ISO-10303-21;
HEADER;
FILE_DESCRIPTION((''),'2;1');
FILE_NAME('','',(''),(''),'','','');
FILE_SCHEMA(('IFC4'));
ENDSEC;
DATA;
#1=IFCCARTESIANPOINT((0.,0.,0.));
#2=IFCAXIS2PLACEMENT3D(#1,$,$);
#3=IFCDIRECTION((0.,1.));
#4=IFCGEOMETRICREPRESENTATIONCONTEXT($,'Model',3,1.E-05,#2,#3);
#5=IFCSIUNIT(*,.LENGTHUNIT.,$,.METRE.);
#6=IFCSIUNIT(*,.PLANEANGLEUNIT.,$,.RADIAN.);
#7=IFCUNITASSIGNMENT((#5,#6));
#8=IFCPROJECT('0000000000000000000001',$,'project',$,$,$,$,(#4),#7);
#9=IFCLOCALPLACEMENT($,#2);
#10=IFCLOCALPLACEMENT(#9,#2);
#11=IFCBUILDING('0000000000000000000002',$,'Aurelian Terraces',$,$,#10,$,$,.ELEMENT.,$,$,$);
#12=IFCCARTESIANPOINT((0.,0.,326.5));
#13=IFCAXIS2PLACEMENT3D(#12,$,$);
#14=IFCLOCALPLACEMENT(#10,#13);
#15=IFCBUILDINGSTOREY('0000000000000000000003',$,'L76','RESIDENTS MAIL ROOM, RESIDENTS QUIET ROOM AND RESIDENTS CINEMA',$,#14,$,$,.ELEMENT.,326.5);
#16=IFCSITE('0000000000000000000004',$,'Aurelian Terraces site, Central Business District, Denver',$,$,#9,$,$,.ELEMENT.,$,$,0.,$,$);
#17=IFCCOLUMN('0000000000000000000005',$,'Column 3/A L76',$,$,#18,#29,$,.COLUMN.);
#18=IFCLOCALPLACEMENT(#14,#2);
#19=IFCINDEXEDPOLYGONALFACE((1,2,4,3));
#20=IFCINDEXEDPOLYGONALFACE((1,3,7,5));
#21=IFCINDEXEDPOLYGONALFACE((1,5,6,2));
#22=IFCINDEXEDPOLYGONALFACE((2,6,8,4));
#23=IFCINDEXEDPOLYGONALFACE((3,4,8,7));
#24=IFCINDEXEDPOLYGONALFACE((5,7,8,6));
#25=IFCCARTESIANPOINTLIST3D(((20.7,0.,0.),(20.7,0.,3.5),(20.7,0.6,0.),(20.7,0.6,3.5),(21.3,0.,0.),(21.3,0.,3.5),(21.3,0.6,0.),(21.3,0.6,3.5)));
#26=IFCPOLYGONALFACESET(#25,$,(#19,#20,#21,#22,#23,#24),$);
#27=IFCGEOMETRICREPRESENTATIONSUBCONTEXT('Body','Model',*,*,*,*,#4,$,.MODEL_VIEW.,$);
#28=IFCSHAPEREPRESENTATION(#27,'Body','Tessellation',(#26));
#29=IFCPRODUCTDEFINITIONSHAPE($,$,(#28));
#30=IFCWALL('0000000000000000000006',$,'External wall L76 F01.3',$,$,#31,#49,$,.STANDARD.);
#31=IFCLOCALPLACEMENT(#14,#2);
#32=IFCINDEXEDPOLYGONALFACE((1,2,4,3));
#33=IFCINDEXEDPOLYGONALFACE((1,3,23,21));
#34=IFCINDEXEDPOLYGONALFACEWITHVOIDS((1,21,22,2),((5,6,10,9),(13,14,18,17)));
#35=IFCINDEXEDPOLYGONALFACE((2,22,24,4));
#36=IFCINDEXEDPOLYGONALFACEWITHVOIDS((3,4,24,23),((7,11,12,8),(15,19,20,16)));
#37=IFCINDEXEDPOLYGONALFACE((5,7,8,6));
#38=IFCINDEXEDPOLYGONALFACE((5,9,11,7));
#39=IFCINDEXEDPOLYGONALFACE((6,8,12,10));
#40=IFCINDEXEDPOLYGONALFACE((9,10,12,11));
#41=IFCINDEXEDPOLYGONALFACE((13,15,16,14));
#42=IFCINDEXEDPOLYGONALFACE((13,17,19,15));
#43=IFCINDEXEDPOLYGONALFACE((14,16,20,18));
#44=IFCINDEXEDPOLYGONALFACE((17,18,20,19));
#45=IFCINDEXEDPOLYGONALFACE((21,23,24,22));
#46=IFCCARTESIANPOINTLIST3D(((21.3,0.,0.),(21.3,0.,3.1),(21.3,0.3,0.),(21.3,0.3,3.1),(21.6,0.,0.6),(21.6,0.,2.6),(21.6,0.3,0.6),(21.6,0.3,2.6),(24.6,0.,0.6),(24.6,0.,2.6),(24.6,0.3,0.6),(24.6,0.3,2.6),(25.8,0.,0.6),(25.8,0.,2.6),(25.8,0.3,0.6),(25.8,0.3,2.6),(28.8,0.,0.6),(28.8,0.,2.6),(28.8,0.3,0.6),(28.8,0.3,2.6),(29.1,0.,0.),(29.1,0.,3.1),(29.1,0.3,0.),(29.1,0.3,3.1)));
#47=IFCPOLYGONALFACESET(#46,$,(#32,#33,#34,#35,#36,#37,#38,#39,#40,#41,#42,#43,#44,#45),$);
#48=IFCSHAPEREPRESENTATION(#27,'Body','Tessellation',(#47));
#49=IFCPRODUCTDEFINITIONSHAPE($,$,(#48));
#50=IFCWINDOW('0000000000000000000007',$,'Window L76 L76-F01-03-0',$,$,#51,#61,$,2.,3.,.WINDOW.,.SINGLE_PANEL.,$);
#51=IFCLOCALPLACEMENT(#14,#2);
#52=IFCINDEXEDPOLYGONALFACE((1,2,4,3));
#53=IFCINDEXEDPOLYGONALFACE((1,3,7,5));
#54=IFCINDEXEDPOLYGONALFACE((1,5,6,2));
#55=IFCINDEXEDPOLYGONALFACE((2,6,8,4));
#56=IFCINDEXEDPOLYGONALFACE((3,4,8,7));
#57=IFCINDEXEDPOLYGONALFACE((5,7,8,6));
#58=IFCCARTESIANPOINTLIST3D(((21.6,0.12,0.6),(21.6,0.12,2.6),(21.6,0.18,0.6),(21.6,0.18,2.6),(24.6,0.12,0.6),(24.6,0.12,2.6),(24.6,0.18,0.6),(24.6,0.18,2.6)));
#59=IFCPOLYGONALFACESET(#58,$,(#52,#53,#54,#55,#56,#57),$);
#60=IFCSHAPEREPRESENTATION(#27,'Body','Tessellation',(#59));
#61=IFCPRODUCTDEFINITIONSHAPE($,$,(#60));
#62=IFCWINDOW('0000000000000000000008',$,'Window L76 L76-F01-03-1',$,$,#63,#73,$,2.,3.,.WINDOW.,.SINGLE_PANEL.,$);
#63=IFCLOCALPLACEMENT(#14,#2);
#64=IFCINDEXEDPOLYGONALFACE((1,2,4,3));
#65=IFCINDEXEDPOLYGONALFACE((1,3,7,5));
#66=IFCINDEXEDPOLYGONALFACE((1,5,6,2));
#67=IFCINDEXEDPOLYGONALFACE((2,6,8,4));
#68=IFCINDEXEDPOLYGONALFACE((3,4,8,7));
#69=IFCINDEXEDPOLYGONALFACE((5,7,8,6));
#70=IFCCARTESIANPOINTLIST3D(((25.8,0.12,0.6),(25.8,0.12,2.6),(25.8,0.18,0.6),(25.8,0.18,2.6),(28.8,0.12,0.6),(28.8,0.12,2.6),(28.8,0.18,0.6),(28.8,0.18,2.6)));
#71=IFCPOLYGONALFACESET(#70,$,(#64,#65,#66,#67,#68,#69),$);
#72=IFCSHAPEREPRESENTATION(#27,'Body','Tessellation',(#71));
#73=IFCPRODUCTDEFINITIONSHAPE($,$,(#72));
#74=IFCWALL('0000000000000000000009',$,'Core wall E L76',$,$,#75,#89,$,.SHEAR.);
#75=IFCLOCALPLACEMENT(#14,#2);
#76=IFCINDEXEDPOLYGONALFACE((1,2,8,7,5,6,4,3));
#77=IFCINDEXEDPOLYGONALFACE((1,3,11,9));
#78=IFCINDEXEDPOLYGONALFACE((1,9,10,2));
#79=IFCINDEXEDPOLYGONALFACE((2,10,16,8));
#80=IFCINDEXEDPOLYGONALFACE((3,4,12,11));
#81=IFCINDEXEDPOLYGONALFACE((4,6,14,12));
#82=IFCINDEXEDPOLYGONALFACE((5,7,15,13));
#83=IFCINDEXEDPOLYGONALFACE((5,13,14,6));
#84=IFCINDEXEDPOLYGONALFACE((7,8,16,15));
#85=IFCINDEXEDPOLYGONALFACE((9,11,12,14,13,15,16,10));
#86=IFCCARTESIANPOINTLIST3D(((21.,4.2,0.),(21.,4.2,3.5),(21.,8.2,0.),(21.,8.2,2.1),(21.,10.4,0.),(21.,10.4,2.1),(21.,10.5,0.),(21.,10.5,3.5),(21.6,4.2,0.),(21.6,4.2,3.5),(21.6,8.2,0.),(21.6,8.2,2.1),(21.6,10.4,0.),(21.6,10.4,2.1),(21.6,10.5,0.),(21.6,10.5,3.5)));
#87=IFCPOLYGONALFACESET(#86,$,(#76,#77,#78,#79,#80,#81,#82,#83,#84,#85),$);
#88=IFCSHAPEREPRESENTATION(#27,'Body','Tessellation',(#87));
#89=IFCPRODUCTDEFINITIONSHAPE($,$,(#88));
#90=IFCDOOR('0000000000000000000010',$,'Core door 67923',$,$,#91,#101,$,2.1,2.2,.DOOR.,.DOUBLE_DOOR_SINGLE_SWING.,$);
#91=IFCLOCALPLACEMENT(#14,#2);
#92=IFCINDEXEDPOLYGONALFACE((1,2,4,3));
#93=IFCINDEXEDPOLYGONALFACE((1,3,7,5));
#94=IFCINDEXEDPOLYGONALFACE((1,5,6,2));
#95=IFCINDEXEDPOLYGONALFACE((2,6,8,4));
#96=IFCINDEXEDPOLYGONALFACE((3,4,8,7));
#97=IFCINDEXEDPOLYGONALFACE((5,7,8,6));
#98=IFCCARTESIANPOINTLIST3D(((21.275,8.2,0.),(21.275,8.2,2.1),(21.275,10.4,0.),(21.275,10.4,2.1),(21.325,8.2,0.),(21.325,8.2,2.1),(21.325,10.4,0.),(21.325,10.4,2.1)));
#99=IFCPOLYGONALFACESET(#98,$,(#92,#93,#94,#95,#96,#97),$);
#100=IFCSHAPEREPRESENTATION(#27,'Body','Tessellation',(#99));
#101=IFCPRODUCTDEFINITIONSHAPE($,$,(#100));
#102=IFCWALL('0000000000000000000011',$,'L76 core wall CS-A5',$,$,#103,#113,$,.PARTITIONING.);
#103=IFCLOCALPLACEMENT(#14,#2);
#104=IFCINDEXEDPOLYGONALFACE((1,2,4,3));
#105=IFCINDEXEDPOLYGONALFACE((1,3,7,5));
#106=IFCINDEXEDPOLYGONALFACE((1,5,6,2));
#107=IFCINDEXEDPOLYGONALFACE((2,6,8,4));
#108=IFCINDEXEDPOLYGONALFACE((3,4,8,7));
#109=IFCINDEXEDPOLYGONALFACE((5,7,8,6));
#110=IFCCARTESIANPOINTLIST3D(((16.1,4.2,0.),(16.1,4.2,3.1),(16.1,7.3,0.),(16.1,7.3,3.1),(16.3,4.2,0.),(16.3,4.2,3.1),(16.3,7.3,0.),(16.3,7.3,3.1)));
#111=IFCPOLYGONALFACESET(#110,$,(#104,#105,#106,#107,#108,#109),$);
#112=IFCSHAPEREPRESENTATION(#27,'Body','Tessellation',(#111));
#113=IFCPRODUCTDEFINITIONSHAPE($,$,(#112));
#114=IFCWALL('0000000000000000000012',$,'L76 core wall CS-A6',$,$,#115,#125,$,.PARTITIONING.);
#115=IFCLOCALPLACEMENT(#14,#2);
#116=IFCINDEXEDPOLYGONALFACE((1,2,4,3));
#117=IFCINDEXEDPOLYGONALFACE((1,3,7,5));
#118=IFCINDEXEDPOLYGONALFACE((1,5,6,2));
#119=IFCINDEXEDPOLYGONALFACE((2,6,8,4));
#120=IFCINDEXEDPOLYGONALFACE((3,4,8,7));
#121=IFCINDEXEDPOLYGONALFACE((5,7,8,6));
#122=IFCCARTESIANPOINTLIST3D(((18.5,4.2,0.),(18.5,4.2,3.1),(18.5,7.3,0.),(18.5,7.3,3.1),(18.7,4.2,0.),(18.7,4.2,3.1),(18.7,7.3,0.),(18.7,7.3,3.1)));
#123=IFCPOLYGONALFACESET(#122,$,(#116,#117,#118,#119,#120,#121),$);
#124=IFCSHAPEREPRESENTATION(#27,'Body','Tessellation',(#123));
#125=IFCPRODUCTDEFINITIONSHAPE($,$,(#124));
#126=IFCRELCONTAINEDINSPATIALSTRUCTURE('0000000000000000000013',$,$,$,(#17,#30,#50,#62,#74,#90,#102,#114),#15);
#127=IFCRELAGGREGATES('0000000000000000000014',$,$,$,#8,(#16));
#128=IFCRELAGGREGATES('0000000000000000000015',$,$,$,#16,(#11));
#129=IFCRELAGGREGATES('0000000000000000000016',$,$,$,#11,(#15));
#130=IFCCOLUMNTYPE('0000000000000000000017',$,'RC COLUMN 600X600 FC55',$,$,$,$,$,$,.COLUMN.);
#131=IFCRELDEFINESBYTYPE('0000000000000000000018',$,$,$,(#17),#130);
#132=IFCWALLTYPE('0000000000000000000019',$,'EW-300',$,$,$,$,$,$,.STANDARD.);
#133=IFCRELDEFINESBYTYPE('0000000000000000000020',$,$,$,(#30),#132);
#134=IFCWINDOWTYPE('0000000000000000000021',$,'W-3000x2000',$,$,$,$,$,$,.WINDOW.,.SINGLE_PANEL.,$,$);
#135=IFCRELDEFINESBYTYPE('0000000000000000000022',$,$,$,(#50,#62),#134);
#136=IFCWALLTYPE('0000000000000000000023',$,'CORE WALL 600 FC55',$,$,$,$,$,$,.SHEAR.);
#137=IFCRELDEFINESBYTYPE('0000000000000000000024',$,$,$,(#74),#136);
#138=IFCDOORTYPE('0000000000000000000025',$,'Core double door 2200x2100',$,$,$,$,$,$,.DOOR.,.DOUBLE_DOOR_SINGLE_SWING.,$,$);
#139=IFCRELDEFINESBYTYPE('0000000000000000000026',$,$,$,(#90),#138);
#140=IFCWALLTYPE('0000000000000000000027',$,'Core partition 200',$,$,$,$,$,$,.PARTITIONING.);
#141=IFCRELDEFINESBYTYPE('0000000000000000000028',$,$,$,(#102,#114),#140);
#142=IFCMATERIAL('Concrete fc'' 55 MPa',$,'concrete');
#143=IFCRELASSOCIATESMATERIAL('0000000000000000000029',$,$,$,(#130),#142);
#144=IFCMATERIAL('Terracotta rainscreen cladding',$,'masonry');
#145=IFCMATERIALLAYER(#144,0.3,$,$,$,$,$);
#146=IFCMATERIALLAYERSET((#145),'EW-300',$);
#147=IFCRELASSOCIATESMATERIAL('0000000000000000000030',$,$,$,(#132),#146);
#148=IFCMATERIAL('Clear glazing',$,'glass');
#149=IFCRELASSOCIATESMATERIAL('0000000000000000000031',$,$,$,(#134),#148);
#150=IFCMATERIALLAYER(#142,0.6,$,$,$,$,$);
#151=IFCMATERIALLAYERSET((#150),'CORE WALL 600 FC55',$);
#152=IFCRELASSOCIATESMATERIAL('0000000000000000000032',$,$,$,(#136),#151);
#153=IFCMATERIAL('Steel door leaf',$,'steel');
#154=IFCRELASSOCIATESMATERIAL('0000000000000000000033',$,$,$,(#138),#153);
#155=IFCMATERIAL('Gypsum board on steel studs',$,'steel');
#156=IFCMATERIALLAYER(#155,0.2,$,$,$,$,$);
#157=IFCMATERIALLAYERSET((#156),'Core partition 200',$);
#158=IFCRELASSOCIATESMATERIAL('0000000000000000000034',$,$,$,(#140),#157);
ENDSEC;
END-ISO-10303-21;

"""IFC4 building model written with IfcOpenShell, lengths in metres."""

from ifc_helpers import new_model, si_unit, direction, frame, frame_2d, origin, origin_2d, place, context, subcontext, project, spatial, rectangle, extrude, source, transform, mapped, material, layer, layer_set, material_profile, profile_set, type_object, element, fill, save


model = new_model("IFC4")

# Units and contexts
model_context = context("Model", 3, precision=1e-05, world=origin(), true_north=direction((0.0, 1.0)))
body_context = subcontext(model_context, "Body", "Model", "MODEL_VIEW")
ifc_project = project(units=[si_unit("LENGTHUNIT", "METRE"), si_unit("PLANEANGLEUNIT", "RADIAN")], contexts=[model_context])

# Site, building, storey
site_placement = place(None, origin())
site = spatial("IfcSite", under=ifc_project, at=site_placement, Name="Aurelian Terraces site, Central Business District, Denver", CompositionType="ELEMENT", RefElevation=0.0)
building_placement = place(site_placement, origin())
building = spatial("IfcBuilding", under=site, at=building_placement, Name="Aurelian Terraces", CompositionType="ELEMENT")
storey_placement = place(building_placement, frame((0.0, 0.0, 326.5)))
storey = spatial("IfcBuildingStorey", under=building, at=storey_placement, Name="L76", Description="RESIDENTS MAIL ROOM, RESIDENTS QUIET ROOM AND RESIDENTS CINEMA", CompositionType="ELEMENT", Elevation=326.5)

# Column
ifc_material_1 = material(Name="Concrete fc' 55 MPa", Category="concrete")
ifc_material_profile = material_profile(ifc_material_1, rectangle(XDim=0.6, YDim=0.6, at=origin_2d()))
ifc_profile_set = profile_set([ifc_material_profile], Name="Concrete fc' 55 MPa")
column_type = type_object("IfcColumnType", Name="RC COLUMN 600X600 FC55", PredefinedType="COLUMN", material=ifc_profile_set)
shared_shape_1 = source(origin(), body_context, "Body", "SweptSolid", [
    extrude(rectangle(XDim=0.6, YDim=0.6, at=origin_2d()), origin(), (0.0, 0.0, 1.0), 3.5),
])
column_placement = place(storey_placement, frame((21.0, 0.3, 0.0), z_axis=(0.0, 0.0, 1.0), x_axis=(1.0, 0.0, 0.0)))
element("IfcColumn", 1, at=column_placement, inside=storey, type_object=column_type, Name="Column 3/A L76", PredefinedType="COLUMN", context=body_context, shape_type="MappedRepresentation", body=[
    mapped(shared_shape_1, transform((0.0, 0.0, 0.0), scale=1.0)),
])

# Wall, openings, windows
ifc_material_2 = material(Name="Terracotta rainscreen cladding", Category="masonry")
ifc_layer_1 = layer(ifc_material_2, 0.3)
ifc_layer_set_1 = layer_set([ifc_layer_1], Name="EW-300")
wall_type_1 = type_object("IfcWallType", Name="EW-300", PredefinedType="STANDARD", material=ifc_layer_set_1)
wall_1_placement = place(storey_placement, frame((21.3, 0.15, 0.0), z_axis=(0.0, 0.0, 1.0), x_axis=(1.0, 0.0, 0.0)))
wall_1 = element("IfcWall", 2, at=wall_1_placement, inside=storey, type_object=wall_type_1, Name="External wall L76 F01.3", PredefinedType="STANDARD", context=body_context, shape_type="SweptSolid", body=[
    extrude(rectangle(XDim=7.8, YDim=0.3, at=frame_2d((3.9, 0.0))), origin(), (0.0, 0.0, 1.0), 3.1),
])
shared_shape_2 = source(origin(), body_context, "Body", "SweptSolid", [
    extrude(rectangle(XDim=3.0, YDim=2.0, at=frame_2d((1.5, 1.0))), frame((0.0, 0.16, 0.0), z_axis=(0.0, -1.0, 0.0), x_axis=(1.0, 0.0, 0.0)), (0.0, 0.0, 1.0), 0.32),
])
opening_1_placement = place(wall_1_placement, frame((0.3, 0.0, 0.6)))
opening_1 = element("IfcOpeningElement", 3, at=opening_1_placement, cuts=wall_1, PredefinedType="OPENING", context=body_context, shape_type="MappedRepresentation", body=[
    mapped(shared_shape_2, transform((0.0, 0.0, 0.0), scale=1.0)),
])
opening_2_placement = place(wall_1_placement, frame((4.5, 0.0, 0.6)))
opening_2 = element("IfcOpeningElement", 4, at=opening_2_placement, cuts=wall_1, PredefinedType="OPENING", context=body_context, shape_type="MappedRepresentation", body=[
    mapped(shared_shape_2, transform((0.0, 0.0, 0.0), scale=1.0)),
])
ifc_material_3 = material(Name="Clear glazing", Category="glass")
window_type = type_object("IfcWindowType", Name="W-3000x2000", PartitioningType="SINGLE_PANEL", PredefinedType="WINDOW", material=ifc_material_3)
shared_shape_3 = source(origin(), body_context, "Body", "SweptSolid", [
    extrude(rectangle(XDim=3.0, YDim=2.0, at=frame_2d((1.5, 1.0))), frame((0.0, 0.03, 0.0), z_axis=(0.0, -1.0, 0.0), x_axis=(1.0, 0.0, 0.0)), (0.0, 0.0, 1.0), 0.06),
])
window_1_placement = place(opening_1_placement, origin())
window_1 = element("IfcWindow", 5, at=window_1_placement, inside=storey, type_object=window_type, Name="Window L76 L76-F01-03-0", OverallHeight=2.0, OverallWidth=3.0, PartitioningType="SINGLE_PANEL", PredefinedType="WINDOW", context=body_context, shape_type="MappedRepresentation", body=[
    mapped(shared_shape_3, transform((0.0, 0.0, 0.0), scale=1.0)),
])
fill(opening_1, window_1)
window_2_placement = place(opening_2_placement, origin())
window_2 = element("IfcWindow", 6, at=window_2_placement, inside=storey, type_object=window_type, Name="Window L76 L76-F01-03-1", OverallHeight=2.0, OverallWidth=3.0, PartitioningType="SINGLE_PANEL", PredefinedType="WINDOW", context=body_context, shape_type="MappedRepresentation", body=[
    mapped(shared_shape_3, transform((0.0, 0.0, 0.0), scale=1.0)),
])
fill(opening_2, window_2)

# Wall, opening, door
ifc_layer_2 = layer(ifc_material_1, 0.6)
ifc_layer_set_2 = layer_set([ifc_layer_2], Name="CORE WALL 600 FC55")
wall_type_2 = type_object("IfcWallType", Name="CORE WALL 600 FC55", PredefinedType="SHEAR", material=ifc_layer_set_2)
shared_shape_4 = source(origin(), body_context, "Body", "SweptSolid", [
    extrude(rectangle(XDim=6.3, YDim=0.6, at=frame_2d((3.15, 0.0))), origin(), (0.0, 0.0, 1.0), 3.5),
])
wall_2_placement = place(storey_placement, frame((21.3, 4.2, 0.0), z_axis=(0.0, 0.0, 1.0), x_axis=(0.0, 1.0, 0.0)))
wall_2 = element("IfcWall", 7, at=wall_2_placement, inside=storey, type_object=wall_type_2, Name="Core wall E L76", PredefinedType="SHEAR", context=body_context, shape_type="MappedRepresentation", body=[
    mapped(shared_shape_4, transform((0.0, 0.0, 0.0), scale=1.0)),
])
shared_shape_5 = source(origin(), body_context, "Body", "SweptSolid", [
    extrude(rectangle(XDim=2.2, YDim=2.1, at=frame_2d((1.1, 1.05))), frame((0.0, 0.31, 0.0), z_axis=(0.0, -1.0, 0.0), x_axis=(1.0, 0.0, 0.0)), (0.0, 0.0, 1.0), 0.62),
])
opening_3_placement = place(wall_2_placement, frame((4.0, 0.0, 0.0)))
opening_3 = element("IfcOpeningElement", 8, at=opening_3_placement, cuts=wall_2, PredefinedType="OPENING", context=body_context, shape_type="MappedRepresentation", body=[
    mapped(shared_shape_5, transform((0.0, 0.0, 0.0), scale=1.0)),
])
ifc_material_4 = material(Name="Steel door leaf", Category="steel")
door_type_1 = type_object("IfcDoorType", Name="Core double door 2200x2100", OperationType="DOUBLE_DOOR_SINGLE_SWING", PredefinedType="DOOR", material=ifc_material_4)
shared_shape_6 = source(origin(), body_context, "Body", "SweptSolid", [
    extrude(rectangle(XDim=2.2, YDim=2.1, at=frame_2d((1.1, 1.05))), frame((0.0, 0.025, 0.0), z_axis=(0.0, -1.0, 0.0), x_axis=(1.0, 0.0, 0.0)), (0.0, 0.0, 1.0), 0.05),
])
door_1_placement = place(opening_3_placement, origin())
door_1 = element("IfcDoor", 9, at=door_1_placement, inside=storey, type_object=door_type_1, Name="Core door 67923", OperationType="DOUBLE_DOOR_SINGLE_SWING", OverallHeight=2.1, OverallWidth=2.2, PredefinedType="DOOR", context=body_context, shape_type="MappedRepresentation", body=[
    mapped(shared_shape_6, transform((0.0, 0.0, 0.0), scale=1.0)),
])
fill(opening_3, door_1)

# Walls
ifc_material_5 = material(Name="Gypsum board on steel studs", Category="steel")
ifc_layer_3 = layer(ifc_material_5, 0.2)
ifc_layer_set_3 = layer_set([ifc_layer_3], Name="Core partition 200")
wall_type_3 = type_object("IfcWallType", Name="Core partition 200", PredefinedType="PARTITIONING", material=ifc_layer_set_3)
shared_shape_7 = source(origin(), body_context, "Body", "SweptSolid", [
    extrude(rectangle(XDim=3.1, YDim=0.2, at=frame_2d((1.55, 0.0))), origin(), (0.0, 0.0, 1.0), 3.1),
])
for number, where, z_axis, x_axis, name in (
    (10, (16.2, 4.2, 0.0), (0.0, 0.0, 1.0), (0.0, 1.0, 0.0), "L76 core wall CS-A5"),
    (11, (18.6, 4.2, 0.0), (0.0, 0.0, 1.0), (0.0, 1.0, 0.0), "L76 core wall CS-A6"),
):
    element("IfcWall", number, at=place(storey_placement, frame(where, z_axis=z_axis, x_axis=x_axis)), inside=storey, type_object=wall_type_3, Name=name, PredefinedType="PARTITIONING", context=body_context, shape_type="MappedRepresentation", body=[
        mapped(shared_shape_7, transform((0.0, 0.0, 0.0), scale=1.0)),
    ])

save(model, "model.ifc")
